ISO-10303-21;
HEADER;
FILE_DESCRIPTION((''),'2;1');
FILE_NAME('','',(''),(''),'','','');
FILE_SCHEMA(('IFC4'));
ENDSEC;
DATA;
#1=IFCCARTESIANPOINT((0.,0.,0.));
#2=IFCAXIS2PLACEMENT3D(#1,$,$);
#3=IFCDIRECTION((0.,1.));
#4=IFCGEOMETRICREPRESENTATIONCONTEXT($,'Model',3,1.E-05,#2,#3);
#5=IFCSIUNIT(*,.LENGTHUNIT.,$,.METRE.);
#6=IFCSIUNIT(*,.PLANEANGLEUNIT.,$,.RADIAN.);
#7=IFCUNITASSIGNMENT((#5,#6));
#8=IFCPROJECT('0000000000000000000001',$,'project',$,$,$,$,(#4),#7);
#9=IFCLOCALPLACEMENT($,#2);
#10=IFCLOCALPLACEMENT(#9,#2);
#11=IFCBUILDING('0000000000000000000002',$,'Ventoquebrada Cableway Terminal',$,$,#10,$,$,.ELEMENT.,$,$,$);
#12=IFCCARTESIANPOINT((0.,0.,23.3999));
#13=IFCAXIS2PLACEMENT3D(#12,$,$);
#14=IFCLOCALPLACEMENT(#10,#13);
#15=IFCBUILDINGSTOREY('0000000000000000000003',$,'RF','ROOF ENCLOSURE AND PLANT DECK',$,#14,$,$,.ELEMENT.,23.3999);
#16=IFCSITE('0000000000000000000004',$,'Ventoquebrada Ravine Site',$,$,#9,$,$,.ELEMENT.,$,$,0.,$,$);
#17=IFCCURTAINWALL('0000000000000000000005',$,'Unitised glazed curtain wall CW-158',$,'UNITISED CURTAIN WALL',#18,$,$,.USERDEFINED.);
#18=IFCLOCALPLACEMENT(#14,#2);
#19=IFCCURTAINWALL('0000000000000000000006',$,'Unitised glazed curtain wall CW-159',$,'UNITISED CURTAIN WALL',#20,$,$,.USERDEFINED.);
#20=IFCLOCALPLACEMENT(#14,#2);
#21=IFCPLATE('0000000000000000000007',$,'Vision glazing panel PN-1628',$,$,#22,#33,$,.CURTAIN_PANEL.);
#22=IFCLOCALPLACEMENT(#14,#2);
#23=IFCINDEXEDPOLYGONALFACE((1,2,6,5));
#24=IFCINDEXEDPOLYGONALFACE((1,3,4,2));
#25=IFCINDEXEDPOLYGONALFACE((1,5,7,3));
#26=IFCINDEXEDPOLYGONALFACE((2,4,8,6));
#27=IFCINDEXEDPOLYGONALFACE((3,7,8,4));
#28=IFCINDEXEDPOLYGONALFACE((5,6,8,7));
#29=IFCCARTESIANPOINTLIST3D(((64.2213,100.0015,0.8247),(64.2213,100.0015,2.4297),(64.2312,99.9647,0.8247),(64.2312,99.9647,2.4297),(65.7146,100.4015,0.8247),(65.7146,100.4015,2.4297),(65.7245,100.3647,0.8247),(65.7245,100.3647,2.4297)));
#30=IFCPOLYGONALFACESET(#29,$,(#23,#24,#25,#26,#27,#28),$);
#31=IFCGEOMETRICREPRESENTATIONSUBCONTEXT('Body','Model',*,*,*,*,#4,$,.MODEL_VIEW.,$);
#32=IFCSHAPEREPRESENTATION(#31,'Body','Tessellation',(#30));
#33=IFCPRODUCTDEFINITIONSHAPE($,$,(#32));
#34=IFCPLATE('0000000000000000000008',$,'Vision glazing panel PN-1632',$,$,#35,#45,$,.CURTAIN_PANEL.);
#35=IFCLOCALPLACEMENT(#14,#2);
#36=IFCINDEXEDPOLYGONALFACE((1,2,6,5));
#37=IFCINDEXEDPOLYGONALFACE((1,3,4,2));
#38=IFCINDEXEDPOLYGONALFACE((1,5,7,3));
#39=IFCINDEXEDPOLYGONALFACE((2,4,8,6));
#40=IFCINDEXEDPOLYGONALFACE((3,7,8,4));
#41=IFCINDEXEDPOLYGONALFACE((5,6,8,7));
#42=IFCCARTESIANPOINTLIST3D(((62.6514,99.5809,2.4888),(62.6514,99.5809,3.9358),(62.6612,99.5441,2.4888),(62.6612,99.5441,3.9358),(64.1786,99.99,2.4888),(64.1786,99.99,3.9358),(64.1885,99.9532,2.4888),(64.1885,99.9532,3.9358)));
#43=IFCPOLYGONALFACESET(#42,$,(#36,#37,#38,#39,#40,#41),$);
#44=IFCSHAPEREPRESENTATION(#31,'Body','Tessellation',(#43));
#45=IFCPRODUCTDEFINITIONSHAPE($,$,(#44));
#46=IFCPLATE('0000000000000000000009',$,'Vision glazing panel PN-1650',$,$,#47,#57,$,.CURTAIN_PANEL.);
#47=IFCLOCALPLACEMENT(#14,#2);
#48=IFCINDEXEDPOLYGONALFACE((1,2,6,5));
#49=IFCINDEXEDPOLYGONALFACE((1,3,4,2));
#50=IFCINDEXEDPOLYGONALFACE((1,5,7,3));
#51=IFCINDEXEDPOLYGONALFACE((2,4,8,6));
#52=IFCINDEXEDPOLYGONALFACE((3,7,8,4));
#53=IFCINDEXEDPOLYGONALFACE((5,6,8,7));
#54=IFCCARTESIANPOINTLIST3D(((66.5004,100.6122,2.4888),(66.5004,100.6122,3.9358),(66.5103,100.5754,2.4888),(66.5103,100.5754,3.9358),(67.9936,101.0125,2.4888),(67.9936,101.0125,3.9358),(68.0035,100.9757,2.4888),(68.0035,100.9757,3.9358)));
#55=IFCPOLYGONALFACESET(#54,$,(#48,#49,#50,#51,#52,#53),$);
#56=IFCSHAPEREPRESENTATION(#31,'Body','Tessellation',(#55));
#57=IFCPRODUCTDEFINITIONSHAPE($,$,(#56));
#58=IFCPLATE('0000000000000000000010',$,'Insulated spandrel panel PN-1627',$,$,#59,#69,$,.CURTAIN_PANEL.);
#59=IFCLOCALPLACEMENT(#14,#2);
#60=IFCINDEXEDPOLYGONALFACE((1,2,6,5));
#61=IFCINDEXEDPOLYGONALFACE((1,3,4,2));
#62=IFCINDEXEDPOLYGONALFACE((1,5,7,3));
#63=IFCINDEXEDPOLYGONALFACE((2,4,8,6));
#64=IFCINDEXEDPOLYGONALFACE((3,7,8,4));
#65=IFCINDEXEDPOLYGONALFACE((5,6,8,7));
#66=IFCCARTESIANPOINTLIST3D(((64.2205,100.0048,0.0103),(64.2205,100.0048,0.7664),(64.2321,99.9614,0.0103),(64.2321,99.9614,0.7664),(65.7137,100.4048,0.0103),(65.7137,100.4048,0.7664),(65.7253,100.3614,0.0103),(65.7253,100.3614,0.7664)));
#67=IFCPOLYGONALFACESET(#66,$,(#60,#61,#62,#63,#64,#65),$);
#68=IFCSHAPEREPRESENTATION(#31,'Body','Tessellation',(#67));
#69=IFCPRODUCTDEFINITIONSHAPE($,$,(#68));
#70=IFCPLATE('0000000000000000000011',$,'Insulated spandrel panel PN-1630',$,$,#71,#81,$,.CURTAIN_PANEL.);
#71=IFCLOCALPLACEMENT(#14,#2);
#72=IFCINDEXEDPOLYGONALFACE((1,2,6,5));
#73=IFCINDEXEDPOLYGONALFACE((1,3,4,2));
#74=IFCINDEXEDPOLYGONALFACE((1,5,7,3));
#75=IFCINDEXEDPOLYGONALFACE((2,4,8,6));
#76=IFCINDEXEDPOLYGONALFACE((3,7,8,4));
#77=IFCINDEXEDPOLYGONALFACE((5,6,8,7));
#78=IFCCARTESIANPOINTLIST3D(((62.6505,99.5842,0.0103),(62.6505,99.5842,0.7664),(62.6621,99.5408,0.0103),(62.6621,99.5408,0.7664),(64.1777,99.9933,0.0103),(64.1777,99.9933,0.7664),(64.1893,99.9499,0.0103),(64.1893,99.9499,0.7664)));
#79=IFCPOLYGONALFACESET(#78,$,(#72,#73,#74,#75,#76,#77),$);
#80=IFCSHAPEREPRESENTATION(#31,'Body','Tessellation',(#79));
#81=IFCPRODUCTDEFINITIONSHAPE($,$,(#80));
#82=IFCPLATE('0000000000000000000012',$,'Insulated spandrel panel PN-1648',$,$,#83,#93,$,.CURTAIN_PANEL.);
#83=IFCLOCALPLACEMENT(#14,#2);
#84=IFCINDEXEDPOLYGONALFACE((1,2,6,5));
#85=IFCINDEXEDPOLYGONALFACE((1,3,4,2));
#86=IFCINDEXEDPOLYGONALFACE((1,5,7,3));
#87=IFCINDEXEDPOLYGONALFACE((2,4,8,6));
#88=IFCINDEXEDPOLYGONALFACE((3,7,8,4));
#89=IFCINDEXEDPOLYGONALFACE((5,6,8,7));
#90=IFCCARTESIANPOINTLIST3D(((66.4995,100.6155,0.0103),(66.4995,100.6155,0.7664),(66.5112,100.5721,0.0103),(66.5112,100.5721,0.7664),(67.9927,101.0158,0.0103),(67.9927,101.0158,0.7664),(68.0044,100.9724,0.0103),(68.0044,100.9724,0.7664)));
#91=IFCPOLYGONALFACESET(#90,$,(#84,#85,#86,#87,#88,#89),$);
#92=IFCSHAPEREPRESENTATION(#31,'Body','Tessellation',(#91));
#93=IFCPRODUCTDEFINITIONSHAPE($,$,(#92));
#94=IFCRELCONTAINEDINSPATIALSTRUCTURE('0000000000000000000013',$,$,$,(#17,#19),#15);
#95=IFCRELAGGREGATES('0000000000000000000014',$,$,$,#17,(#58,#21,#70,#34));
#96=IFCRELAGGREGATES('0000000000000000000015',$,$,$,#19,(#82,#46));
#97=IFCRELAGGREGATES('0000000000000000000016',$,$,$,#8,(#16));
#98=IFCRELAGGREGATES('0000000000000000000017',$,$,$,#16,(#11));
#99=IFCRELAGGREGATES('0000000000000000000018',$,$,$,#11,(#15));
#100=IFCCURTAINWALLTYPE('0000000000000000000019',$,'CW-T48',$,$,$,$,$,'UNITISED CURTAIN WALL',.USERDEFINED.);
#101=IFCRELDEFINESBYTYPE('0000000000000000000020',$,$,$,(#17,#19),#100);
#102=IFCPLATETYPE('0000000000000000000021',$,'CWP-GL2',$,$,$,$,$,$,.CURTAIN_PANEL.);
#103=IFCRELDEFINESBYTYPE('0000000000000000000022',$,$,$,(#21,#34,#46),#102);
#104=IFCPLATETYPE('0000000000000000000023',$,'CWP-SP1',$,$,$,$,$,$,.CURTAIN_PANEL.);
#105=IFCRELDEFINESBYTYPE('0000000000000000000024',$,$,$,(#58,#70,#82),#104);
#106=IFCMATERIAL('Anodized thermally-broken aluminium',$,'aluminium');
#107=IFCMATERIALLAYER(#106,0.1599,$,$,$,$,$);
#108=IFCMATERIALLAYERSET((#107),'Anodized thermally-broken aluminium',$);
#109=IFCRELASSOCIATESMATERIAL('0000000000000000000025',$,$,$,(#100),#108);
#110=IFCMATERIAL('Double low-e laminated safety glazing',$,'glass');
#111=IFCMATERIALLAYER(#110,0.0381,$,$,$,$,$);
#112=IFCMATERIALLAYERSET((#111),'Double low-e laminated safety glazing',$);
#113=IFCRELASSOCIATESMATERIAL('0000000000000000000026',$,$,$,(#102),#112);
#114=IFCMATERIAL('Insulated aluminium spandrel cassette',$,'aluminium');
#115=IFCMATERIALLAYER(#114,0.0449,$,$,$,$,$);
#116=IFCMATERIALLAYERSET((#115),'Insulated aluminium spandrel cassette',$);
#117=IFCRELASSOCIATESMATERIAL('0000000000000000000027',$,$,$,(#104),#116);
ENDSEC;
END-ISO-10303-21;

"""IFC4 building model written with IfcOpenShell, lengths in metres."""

from ifc_helpers import new_model, si_unit, direction, frame, origin, origin_2d, place, context, subcontext, project, spatial, rectangle, extrude, material, layer, layer_set, type_object, element, aggregate, save


model = new_model("IFC4")

# Units and contexts
model_context = context("Model", 3, precision=1e-05, world=origin(), true_north=direction((0.0, 1.0)))
body_context = subcontext(model_context, "Body", "Model", "MODEL_VIEW")
ifc_project = project(units=[si_unit("LENGTHUNIT", "METRE"), si_unit("PLANEANGLEUNIT", "RADIAN")], contexts=[model_context])

# Site, building, storey
site_placement = place(None, origin())
site = spatial("IfcSite", under=ifc_project, at=site_placement, Name="Ventoquebrada Ravine Site", CompositionType="ELEMENT", RefElevation=0.0)
building_placement = place(site_placement, origin())
building = spatial("IfcBuilding", under=site, at=building_placement, Name="Ventoquebrada Cableway Terminal", CompositionType="ELEMENT")
storey_placement = place(building_placement, frame((0.0, 0.0, 23.3999)))
storey = spatial("IfcBuildingStorey", under=building, at=storey_placement, Name="RF", Description="ROOF ENCLOSURE AND PLANT DECK", CompositionType="ELEMENT", Elevation=23.3999)

# Curtain walls
ifc_material_1 = material(Name="Anodized thermally-broken aluminium", Category="aluminium")
ifc_layer_1 = layer(ifc_material_1, 0.1599)
ifc_layer_set_1 = layer_set([ifc_layer_1], Name="Anodized thermally-broken aluminium")
curtain_wall_type = type_object("IfcCurtainWallType", Name="CW-T48", ElementType="UNITISED CURTAIN WALL", PredefinedType="USERDEFINED", material=ifc_layer_set_1)
curtain_wall_1_placement = place(storey_placement, origin())
curtain_wall_1 = element("IfcCurtainWall", 1, at=curtain_wall_1_placement, inside=storey, type_object=curtain_wall_type, Name="Unitised glazed curtain wall CW-158", ObjectType="UNITISED CURTAIN WALL", PredefinedType="USERDEFINED")
curtain_wall_2_placement = place(storey_placement, origin())
curtain_wall_2 = element("IfcCurtainWall", 2, at=curtain_wall_2_placement, inside=storey, type_object=curtain_wall_type, Name="Unitised glazed curtain wall CW-159", ObjectType="UNITISED CURTAIN WALL", PredefinedType="USERDEFINED")

# Plates
ifc_material_2 = material(Name="Double low-e laminated safety glazing", Category="glass")
ifc_layer_2 = layer(ifc_material_2, 0.0381)
ifc_layer_set_2 = layer_set([ifc_layer_2], Name="Double low-e laminated safety glazing")
plate_type_1 = type_object("IfcPlateType", Name="CWP-GL2", PredefinedType="CURTAIN_PANEL", material=ifc_layer_set_2)
plate_1_placement = place(storey_placement, frame((64.9729, 100.1831, 0.8247), z_axis=(0.0, 0.0, 1.0), x_axis=(-0.965944, -0.258752, 0.0)))
plate_1 = element("IfcPlate", 3, at=plate_1_placement, type_object=plate_type_1, Name="Vision glazing panel PN-1628", PredefinedType="CURTAIN_PANEL", context=body_context, shape_type="SweptSolid", body=[
    extrude(rectangle(XDim=1.5459, YDim=0.0381, at=origin_2d()), origin(), (0.0, 0.0, 1.0), 1.605),
])
plate_2_placement = place(storey_placement, frame((63.4199, 99.7671, 2.4888), z_axis=(0.0, 0.0, 1.0), x_axis=(-0.965944, -0.258752, 0.0)))
plate_2 = element("IfcPlate", 4, at=plate_2_placement, type_object=plate_type_1, Name="Vision glazing panel PN-1632", PredefinedType="CURTAIN_PANEL", context=body_context, shape_type="SweptSolid", body=[
    extrude(rectangle(XDim=1.5811, YDim=0.0381, at=origin_2d()), origin(), (0.0, 0.0, 1.0), 1.447),
])
plate_3_placement = place(storey_placement, frame((67.252, 100.7939, 2.4888), z_axis=(0.0, 0.0, 1.0), x_axis=(-0.965894, -0.258937, 0.0)))
plate_3 = element("IfcPlate", 5, at=plate_3_placement, type_object=plate_type_1, Name="Vision glazing panel PN-1650", PredefinedType="CURTAIN_PANEL", context=body_context, shape_type="SweptSolid", body=[
    extrude(rectangle(XDim=1.5459, YDim=0.0381, at=origin_2d()), origin(), (0.0, 0.0, 1.0), 1.447),
])
ifc_material_3 = material(Name="Insulated aluminium spandrel cassette", Category="aluminium")
ifc_layer_3 = layer(ifc_material_3, 0.0449)
ifc_layer_set_3 = layer_set([ifc_layer_3], Name="Insulated aluminium spandrel cassette")
plate_type_2 = type_object("IfcPlateType", Name="CWP-SP1", PredefinedType="CURTAIN_PANEL", material=ifc_layer_set_3)
plate_4_placement = place(storey_placement, frame((64.9729, 100.1831, 0.0103), z_axis=(0.0, 0.0, 1.0), x_axis=(-0.965944, -0.258752, 0.0)))
plate_4 = element("IfcPlate", 6, at=plate_4_placement, type_object=plate_type_2, Name="Insulated spandrel panel PN-1627", PredefinedType="CURTAIN_PANEL", context=body_context, shape_type="SweptSolid", body=[
    extrude(rectangle(XDim=1.5459, YDim=0.0449, at=origin_2d()), origin(), (0.0, 0.0, 1.0), 0.7561),
])
plate_5_placement = place(storey_placement, frame((63.4199, 99.7671, 0.0103), z_axis=(0.0, 0.0, 1.0), x_axis=(-0.965944, -0.258752, 0.0)))
plate_5 = element("IfcPlate", 7, at=plate_5_placement, type_object=plate_type_2, Name="Insulated spandrel panel PN-1630", PredefinedType="CURTAIN_PANEL", context=body_context, shape_type="SweptSolid", body=[
    extrude(rectangle(XDim=1.5811, YDim=0.0449, at=origin_2d()), origin(), (0.0, 0.0, 1.0), 0.7561),
])
aggregate(curtain_wall_1, [plate_4, plate_1, plate_5, plate_2])
plate_6_placement = place(storey_placement, frame((67.252, 100.7939, 0.0103), z_axis=(0.0, 0.0, 1.0), x_axis=(-0.965894, -0.258937, 0.0)))
plate_6 = element("IfcPlate", 8, at=plate_6_placement, type_object=plate_type_2, Name="Insulated spandrel panel PN-1648", PredefinedType="CURTAIN_PANEL", context=body_context, shape_type="SweptSolid", body=[
    extrude(rectangle(XDim=1.5459, YDim=0.0449, at=origin_2d()), origin(), (0.0, 0.0, 1.0), 0.7561),
])
aggregate(curtain_wall_2, [plate_6, plate_3])

save(model, "model.ifc")
